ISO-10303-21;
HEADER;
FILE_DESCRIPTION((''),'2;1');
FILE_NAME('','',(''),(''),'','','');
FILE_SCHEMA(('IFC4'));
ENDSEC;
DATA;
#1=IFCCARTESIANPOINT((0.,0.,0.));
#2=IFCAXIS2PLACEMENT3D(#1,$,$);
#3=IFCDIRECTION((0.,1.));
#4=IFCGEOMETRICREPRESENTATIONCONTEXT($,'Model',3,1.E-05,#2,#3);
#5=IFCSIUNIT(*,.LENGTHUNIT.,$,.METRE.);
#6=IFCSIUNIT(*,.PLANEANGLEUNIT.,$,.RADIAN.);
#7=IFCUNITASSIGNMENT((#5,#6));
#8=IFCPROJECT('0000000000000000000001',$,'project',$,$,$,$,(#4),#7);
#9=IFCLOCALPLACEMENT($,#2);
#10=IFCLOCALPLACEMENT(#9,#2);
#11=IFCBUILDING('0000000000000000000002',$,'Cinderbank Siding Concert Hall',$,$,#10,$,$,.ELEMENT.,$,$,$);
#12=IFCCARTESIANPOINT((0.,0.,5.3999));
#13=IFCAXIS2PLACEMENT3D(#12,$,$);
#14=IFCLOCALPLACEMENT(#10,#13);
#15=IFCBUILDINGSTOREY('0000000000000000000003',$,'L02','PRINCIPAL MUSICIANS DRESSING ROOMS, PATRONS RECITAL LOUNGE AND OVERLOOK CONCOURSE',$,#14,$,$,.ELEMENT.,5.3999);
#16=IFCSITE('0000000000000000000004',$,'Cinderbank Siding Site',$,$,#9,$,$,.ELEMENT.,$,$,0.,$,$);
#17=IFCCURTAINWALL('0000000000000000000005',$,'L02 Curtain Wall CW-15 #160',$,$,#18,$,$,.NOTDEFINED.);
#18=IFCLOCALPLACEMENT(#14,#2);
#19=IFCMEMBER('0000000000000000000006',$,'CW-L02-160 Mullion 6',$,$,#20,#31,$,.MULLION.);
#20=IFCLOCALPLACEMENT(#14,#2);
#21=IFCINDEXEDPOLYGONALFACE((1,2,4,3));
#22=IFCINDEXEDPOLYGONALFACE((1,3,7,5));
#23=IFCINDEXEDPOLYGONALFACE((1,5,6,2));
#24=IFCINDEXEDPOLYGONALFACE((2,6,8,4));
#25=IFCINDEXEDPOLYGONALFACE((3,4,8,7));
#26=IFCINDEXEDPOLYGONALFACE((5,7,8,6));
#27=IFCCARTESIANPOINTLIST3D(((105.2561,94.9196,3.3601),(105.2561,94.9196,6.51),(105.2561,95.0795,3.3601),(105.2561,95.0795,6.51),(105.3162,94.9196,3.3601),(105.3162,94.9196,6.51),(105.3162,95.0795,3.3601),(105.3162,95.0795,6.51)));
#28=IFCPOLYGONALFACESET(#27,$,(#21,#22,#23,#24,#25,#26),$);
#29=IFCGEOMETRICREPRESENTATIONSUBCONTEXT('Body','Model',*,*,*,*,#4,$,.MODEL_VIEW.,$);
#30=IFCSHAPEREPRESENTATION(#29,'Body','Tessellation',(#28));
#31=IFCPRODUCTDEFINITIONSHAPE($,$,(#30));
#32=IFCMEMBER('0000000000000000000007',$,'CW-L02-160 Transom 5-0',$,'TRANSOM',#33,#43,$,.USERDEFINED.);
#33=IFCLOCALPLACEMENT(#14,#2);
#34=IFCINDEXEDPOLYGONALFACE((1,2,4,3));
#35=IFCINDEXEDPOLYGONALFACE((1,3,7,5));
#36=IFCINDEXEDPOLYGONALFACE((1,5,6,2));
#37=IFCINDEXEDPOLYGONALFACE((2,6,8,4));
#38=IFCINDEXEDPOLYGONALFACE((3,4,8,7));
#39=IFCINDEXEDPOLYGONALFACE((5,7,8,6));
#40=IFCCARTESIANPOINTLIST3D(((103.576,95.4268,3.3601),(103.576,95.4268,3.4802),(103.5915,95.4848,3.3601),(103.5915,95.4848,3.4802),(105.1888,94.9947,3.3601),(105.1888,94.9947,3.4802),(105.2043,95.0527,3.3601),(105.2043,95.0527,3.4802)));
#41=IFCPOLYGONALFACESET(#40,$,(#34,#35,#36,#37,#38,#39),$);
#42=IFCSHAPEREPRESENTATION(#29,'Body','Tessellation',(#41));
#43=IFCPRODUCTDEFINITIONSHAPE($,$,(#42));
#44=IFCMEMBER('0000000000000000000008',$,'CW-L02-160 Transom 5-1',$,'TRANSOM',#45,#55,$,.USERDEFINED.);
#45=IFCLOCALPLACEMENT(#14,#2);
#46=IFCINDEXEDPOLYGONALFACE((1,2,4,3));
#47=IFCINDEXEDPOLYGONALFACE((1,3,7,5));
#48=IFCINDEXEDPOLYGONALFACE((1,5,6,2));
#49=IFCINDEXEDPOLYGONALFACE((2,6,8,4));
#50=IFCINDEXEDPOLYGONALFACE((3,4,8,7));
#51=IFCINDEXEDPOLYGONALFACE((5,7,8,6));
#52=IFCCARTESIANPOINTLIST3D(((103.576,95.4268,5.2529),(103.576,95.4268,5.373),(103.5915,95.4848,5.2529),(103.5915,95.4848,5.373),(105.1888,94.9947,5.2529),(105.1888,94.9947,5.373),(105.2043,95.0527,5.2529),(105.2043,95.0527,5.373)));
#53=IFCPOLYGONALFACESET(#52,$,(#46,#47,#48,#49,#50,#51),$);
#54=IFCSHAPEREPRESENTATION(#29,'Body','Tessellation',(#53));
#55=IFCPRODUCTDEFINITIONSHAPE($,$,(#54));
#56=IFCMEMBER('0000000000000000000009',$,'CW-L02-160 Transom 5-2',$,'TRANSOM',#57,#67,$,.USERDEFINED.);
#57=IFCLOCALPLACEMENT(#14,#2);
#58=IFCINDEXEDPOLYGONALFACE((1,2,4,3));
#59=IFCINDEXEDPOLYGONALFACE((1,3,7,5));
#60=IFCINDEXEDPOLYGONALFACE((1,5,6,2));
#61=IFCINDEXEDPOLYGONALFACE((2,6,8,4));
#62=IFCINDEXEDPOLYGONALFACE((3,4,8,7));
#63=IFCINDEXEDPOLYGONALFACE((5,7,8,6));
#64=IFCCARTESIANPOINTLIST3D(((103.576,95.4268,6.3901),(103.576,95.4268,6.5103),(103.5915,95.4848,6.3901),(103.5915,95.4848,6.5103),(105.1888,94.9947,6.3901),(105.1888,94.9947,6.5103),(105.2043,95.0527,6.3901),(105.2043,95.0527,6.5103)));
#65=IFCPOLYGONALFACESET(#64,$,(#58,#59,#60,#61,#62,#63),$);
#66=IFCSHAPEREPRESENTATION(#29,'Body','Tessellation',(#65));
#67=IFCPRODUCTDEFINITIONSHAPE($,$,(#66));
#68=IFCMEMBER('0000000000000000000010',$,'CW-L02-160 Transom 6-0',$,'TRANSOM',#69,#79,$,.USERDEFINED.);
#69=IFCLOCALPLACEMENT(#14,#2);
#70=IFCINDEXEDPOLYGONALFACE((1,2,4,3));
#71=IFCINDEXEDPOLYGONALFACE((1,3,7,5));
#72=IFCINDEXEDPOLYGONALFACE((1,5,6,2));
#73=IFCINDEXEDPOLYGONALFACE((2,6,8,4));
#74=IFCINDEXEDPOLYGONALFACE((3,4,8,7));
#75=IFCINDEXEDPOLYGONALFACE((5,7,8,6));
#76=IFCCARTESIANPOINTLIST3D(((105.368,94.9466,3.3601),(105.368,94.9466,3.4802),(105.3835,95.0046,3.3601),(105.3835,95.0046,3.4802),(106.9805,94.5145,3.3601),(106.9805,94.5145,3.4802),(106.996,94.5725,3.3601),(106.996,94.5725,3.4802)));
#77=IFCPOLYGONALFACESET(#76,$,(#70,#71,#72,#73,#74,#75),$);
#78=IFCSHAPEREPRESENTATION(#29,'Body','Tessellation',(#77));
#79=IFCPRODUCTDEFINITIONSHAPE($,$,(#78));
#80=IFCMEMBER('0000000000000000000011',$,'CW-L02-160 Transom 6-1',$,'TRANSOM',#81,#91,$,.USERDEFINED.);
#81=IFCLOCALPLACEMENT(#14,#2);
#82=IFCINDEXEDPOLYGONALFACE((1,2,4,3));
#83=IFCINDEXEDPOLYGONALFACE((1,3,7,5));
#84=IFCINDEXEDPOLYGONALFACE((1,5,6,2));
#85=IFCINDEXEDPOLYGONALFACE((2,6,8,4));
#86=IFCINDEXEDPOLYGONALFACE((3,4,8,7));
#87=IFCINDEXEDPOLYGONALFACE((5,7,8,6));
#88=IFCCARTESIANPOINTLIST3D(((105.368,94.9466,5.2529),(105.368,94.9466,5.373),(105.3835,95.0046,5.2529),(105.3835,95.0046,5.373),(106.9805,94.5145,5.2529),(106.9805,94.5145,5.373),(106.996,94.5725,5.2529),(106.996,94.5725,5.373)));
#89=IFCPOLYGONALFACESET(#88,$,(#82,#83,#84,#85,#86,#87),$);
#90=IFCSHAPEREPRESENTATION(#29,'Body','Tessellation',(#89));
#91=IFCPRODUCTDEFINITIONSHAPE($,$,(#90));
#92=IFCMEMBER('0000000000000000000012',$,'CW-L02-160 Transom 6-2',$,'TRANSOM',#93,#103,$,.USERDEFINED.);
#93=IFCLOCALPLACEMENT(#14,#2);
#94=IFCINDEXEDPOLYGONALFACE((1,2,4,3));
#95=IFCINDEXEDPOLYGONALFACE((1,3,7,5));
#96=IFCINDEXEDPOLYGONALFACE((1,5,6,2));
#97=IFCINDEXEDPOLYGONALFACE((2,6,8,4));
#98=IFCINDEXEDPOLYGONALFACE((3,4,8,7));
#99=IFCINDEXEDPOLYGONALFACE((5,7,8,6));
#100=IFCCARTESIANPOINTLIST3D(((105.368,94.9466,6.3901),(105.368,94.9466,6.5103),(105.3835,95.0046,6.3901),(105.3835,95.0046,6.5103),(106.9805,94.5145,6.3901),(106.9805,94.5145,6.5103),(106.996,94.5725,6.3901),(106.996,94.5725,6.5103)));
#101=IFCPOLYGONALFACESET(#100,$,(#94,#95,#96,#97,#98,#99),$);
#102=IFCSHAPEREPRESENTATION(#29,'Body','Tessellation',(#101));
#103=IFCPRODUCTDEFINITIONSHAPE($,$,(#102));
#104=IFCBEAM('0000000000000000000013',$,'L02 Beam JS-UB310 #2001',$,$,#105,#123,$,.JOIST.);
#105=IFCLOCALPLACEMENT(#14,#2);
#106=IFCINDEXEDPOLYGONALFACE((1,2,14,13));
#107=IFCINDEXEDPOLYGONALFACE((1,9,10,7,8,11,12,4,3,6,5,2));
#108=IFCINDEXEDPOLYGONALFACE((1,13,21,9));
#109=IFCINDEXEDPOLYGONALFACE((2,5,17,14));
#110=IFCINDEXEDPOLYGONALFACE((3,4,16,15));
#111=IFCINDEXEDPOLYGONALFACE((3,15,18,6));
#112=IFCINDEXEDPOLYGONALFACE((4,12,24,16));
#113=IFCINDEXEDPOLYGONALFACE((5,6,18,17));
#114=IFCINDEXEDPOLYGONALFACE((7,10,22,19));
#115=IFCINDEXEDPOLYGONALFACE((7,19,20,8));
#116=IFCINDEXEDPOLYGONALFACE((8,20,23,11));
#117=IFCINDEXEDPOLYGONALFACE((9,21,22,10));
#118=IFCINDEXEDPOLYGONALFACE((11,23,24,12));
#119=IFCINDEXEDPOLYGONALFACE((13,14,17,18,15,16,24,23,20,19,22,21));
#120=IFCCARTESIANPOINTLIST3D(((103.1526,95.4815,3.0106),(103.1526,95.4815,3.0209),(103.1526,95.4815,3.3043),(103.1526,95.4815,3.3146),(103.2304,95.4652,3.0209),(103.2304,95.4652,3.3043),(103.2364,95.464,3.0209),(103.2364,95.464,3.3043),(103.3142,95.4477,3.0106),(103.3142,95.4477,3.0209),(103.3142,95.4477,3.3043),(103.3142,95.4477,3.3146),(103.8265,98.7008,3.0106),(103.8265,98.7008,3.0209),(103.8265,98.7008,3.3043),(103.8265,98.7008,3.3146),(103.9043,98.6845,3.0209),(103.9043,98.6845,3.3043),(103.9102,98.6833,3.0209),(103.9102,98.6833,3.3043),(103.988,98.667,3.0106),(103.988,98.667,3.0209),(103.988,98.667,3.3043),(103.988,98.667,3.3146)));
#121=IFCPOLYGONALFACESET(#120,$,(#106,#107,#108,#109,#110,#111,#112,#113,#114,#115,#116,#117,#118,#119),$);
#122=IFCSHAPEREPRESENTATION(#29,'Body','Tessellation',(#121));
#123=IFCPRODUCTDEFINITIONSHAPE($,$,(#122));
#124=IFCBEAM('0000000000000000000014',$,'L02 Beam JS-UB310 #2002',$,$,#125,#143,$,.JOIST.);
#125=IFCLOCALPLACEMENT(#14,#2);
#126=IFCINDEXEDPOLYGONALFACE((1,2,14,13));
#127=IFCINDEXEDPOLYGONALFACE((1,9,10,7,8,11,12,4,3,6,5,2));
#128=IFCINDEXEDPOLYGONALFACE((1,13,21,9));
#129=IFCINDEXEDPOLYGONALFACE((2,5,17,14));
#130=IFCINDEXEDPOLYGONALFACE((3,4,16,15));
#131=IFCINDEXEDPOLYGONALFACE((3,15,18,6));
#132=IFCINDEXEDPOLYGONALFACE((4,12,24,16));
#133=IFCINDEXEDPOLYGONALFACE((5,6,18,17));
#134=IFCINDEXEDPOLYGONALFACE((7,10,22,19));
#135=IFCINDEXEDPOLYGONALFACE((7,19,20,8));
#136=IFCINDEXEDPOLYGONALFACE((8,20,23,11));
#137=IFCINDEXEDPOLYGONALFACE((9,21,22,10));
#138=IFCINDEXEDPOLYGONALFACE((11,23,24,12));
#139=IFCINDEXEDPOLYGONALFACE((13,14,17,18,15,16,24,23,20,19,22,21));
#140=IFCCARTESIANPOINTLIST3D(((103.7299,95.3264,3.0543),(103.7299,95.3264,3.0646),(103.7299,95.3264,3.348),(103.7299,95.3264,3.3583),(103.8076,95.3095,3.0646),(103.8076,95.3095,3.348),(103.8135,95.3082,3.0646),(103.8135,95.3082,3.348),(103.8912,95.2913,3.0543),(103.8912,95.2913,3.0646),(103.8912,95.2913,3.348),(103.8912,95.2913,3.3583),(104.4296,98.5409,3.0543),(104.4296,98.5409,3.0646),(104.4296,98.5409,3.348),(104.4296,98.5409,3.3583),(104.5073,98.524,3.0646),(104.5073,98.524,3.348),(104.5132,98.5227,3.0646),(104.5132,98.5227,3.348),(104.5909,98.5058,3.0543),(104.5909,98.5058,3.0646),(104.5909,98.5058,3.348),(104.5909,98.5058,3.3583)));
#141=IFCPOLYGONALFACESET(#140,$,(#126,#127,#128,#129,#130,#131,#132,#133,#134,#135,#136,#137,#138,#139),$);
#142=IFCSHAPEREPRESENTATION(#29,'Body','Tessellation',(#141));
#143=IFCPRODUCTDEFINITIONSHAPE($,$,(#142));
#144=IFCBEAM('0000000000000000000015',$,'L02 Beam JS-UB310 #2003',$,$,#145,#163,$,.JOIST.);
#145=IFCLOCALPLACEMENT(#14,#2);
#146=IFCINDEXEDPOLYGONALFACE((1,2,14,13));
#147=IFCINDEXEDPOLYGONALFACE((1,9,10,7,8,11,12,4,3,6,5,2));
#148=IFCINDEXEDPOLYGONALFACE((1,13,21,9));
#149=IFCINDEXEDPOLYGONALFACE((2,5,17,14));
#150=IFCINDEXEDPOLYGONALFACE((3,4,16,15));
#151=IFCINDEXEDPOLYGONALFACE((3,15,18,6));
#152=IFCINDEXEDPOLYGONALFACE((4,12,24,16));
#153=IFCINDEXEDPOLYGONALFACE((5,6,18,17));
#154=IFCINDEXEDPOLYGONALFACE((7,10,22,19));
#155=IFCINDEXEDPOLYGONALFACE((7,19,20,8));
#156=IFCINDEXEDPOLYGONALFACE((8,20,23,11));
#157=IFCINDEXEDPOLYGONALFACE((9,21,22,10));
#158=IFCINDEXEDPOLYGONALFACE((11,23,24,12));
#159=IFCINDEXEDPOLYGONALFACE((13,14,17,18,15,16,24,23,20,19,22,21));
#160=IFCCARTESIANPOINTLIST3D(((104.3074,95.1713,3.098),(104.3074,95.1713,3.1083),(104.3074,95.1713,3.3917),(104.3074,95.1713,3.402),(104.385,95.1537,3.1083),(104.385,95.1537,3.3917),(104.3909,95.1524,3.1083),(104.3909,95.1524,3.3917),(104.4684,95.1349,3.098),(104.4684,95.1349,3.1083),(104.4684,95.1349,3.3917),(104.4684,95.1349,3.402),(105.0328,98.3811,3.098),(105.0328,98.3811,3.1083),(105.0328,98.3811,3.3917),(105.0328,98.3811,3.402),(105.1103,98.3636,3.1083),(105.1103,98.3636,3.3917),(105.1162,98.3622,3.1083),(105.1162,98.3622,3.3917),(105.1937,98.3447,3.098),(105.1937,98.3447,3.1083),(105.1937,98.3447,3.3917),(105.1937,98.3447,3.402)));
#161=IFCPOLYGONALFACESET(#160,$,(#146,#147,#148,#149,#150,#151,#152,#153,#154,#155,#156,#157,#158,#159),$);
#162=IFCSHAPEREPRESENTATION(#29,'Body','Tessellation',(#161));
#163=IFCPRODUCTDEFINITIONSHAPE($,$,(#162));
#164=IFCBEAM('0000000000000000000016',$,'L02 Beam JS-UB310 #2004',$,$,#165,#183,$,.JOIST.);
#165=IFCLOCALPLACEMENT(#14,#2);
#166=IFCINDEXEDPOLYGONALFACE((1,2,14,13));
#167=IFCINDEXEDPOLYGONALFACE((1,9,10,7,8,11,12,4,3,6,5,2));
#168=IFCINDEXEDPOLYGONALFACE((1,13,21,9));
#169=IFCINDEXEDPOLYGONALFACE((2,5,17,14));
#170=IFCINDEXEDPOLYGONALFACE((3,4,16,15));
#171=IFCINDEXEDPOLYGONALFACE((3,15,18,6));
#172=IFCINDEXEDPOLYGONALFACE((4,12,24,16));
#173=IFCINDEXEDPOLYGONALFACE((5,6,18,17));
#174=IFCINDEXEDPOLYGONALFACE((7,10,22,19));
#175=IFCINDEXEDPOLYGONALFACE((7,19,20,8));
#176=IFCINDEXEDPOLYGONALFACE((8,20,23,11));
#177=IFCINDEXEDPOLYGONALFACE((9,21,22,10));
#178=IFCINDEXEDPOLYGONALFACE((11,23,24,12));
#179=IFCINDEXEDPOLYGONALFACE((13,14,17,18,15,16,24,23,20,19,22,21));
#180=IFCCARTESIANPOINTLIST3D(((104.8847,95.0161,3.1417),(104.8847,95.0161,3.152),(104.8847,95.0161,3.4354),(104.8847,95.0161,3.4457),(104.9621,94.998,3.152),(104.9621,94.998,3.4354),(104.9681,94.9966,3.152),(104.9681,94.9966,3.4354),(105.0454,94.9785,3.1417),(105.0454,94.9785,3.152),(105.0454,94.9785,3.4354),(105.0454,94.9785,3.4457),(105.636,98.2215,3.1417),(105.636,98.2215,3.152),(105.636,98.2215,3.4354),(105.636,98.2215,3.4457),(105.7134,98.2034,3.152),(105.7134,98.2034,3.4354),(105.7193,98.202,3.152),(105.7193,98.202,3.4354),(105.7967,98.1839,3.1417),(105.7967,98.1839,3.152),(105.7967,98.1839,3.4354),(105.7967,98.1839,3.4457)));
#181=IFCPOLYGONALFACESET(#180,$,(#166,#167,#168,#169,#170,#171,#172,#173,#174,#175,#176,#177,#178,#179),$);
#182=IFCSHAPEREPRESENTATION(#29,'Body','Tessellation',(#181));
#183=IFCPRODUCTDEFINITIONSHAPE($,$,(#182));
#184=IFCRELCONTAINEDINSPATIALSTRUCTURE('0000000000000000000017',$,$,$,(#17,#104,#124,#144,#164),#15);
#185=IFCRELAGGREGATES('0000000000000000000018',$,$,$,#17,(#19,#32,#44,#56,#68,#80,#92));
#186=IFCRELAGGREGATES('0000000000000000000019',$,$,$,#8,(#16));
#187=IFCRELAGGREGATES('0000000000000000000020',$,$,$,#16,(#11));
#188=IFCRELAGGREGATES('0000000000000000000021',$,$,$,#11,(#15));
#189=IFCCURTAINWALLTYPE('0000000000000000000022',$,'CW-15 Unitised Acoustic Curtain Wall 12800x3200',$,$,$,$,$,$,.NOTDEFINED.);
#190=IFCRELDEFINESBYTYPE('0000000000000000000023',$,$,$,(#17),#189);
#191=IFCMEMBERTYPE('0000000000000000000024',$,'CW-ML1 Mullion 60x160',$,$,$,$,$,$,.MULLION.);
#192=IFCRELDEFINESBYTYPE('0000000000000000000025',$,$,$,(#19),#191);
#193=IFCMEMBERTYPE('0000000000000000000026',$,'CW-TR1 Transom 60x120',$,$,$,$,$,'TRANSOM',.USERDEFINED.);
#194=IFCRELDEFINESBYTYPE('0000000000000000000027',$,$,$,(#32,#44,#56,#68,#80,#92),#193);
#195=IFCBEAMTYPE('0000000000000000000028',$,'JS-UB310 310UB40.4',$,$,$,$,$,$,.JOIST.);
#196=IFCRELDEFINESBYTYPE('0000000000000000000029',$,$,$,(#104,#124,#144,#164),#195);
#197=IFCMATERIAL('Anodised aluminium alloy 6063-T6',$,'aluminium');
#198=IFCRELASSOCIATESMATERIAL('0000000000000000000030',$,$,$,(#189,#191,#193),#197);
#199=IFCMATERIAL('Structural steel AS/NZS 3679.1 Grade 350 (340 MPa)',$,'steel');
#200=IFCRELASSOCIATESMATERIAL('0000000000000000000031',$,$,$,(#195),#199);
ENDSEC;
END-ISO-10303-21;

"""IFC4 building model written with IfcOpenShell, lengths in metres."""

from ifc_helpers import new_model, si_unit, direction, frame, origin, origin_2d, place, context, subcontext, project, spatial, rectangle, i_section, extrude, material, material_profile, profile_set, type_object, element, aggregate, save


model = new_model("IFC4")

# Units and contexts
model_context = context("Model", 3, precision=1e-05, world=origin(), true_north=direction((0.0, 1.0)))
body_context = subcontext(model_context, "Body", "Model", "MODEL_VIEW")
ifc_project = project(units=[si_unit("LENGTHUNIT", "METRE"), si_unit("PLANEANGLEUNIT", "RADIAN")], contexts=[model_context])

# Site, building, storey
site_placement = place(None, origin())
site = spatial("IfcSite", under=ifc_project, at=site_placement, Name="Cinderbank Siding Site", CompositionType="ELEMENT", RefElevation=0.0)
building_placement = place(site_placement, origin())
building = spatial("IfcBuilding", under=site, at=building_placement, Name="Cinderbank Siding Concert Hall", CompositionType="ELEMENT")
storey_placement = place(building_placement, frame((0.0, 0.0, 5.3999)))
storey = spatial("IfcBuildingStorey", under=building, at=storey_placement, Name="L02", Description="PRINCIPAL MUSICIANS DRESSING ROOMS, PATRONS RECITAL LOUNGE AND OVERLOOK CONCOURSE", CompositionType="ELEMENT", Elevation=5.3999)

# Curtain wall, members
ifc_material_1 = material(Name="Anodised aluminium alloy 6063-T6", Category="aluminium")
curtain_wall_type = type_object("IfcCurtainWallType", Name="CW-15 Unitised Acoustic Curtain Wall 12800x3200", PredefinedType="NOTDEFINED", material=ifc_material_1)
curtain_wall_placement = place(storey_placement, origin())
curtain_wall = element("IfcCurtainWall", 1, at=curtain_wall_placement, inside=storey, type_object=curtain_wall_type, Name="L02 Curtain Wall CW-15 #160", PredefinedType="NOTDEFINED")
ifc_material_profile_1 = material_profile(ifc_material_1, rectangle(XDim=0.0601, YDim=0.1599, at=origin_2d()), Name="ALU-MULL-60x160", Category="LoadBearing")
ifc_profile_set_1 = profile_set([ifc_material_profile_1], Name="Anodised aluminium alloy 6063-T6")
member_type_1 = type_object("IfcMemberType", Name="CW-ML1 Mullion 60x160", PredefinedType="MULLION", material=ifc_profile_set_1)
member_1_placement = place(storey_placement, frame((105.2861, 94.9995, 3.3601), z_axis=(0.0, 0.0, 1.0), x_axis=(1.0, 0.0, 0.0)))
member_1 = element("IfcMember", 2, at=member_1_placement, type_object=member_type_1, Name="CW-L02-160 Mullion 6", PredefinedType="MULLION", context=body_context, shape_type="SweptSolid", body=[
    extrude(rectangle(XDim=0.0601, YDim=0.1599, at=origin_2d()), origin(), (0.0, 0.0, 1.0), 3.1499),
])
ifc_material_profile_2 = material_profile(ifc_material_1, rectangle(XDim=0.0601, YDim=0.1201, at=origin_2d()), Name="ALU-TRAN-60x120", Category="LoadBearing")
ifc_profile_set_2 = profile_set([ifc_material_profile_2], Name="Anodised aluminium alloy 6063-T6")
member_type_2 = type_object("IfcMemberType", Name="CW-TR1 Transom 60x120", ElementType="TRANSOM", PredefinedType="USERDEFINED", material=ifc_profile_set_2)
member_2_placement = place(storey_placement, frame((103.5837, 95.4558, 3.4202), z_axis=(0.965928, -0.258809, 0.0), x_axis=(0.258809, 0.965928, 0.0)))
member_2 = element("IfcMember", 3, at=member_2_placement, type_object=member_type_2, Name="CW-L02-160 Transom 5-0", ObjectType="TRANSOM", PredefinedType="USERDEFINED", context=body_context, shape_type="SweptSolid", body=[
    extrude(rectangle(XDim=0.0601, YDim=0.1201, at=origin_2d()), origin(), (0.0, 0.0, 1.0), 1.6697),
])
member_3_placement = place(storey_placement, frame((103.5837, 95.4558, 5.313), z_axis=(0.965928, -0.258809, 0.0), x_axis=(0.258809, 0.965928, 0.0)))
member_3 = element("IfcMember", 4, at=member_3_placement, type_object=member_type_2, Name="CW-L02-160 Transom 5-1", ObjectType="TRANSOM", PredefinedType="USERDEFINED", context=body_context, shape_type="SweptSolid", body=[
    extrude(rectangle(XDim=0.0601, YDim=0.1201, at=origin_2d()), origin(), (0.0, 0.0, 1.0), 1.6697),
])
member_4_placement = place(storey_placement, frame((103.5837, 95.4558, 6.4502), z_axis=(0.965928, -0.258809, 0.0), x_axis=(0.258809, 0.965928, 0.0)))
member_4 = element("IfcMember", 5, at=member_4_placement, type_object=member_type_2, Name="CW-L02-160 Transom 5-2", ObjectType="TRANSOM", PredefinedType="USERDEFINED", context=body_context, shape_type="SweptSolid", body=[
    extrude(rectangle(XDim=0.0601, YDim=0.1201, at=origin_2d()), origin(), (0.0, 0.0, 1.0), 1.6697),
])
member_5_placement = place(storey_placement, frame((105.3757, 94.9756, 3.4202), z_axis=(0.965919, -0.258846, 0.0), x_axis=(0.258846, 0.965919, 0.0)))
member_5 = element("IfcMember", 6, at=member_5_placement, type_object=member_type_2, Name="CW-L02-160 Transom 6-0", ObjectType="TRANSOM", PredefinedType="USERDEFINED", context=body_context, shape_type="SweptSolid", body=[
    extrude(rectangle(XDim=0.0601, YDim=0.1201, at=origin_2d()), origin(), (0.0, 0.0, 1.0), 1.6694),
])
member_6_placement = place(storey_placement, frame((105.3757, 94.9756, 5.313), z_axis=(0.965919, -0.258846, 0.0), x_axis=(0.258846, 0.965919, 0.0)))
member_6 = element("IfcMember", 7, at=member_6_placement, type_object=member_type_2, Name="CW-L02-160 Transom 6-1", ObjectType="TRANSOM", PredefinedType="USERDEFINED", context=body_context, shape_type="SweptSolid", body=[
    extrude(rectangle(XDim=0.0601, YDim=0.1201, at=origin_2d()), origin(), (0.0, 0.0, 1.0), 1.6694),
])
member_7_placement = place(storey_placement, frame((105.3757, 94.9756, 6.4502), z_axis=(0.965919, -0.258846, 0.0), x_axis=(0.258846, 0.965919, 0.0)))
member_7 = element("IfcMember", 8, at=member_7_placement, type_object=member_type_2, Name="CW-L02-160 Transom 6-2", ObjectType="TRANSOM", PredefinedType="USERDEFINED", context=body_context, shape_type="SweptSolid", body=[
    extrude(rectangle(XDim=0.0601, YDim=0.1201, at=origin_2d()), origin(), (0.0, 0.0, 1.0), 1.6694),
])

# Beams
ifc_material_2 = material(Name="Structural steel AS/NZS 3679.1 Grade 350 (340 MPa)", Category="steel")
ifc_material_profile_3 = material_profile(ifc_material_2, i_section(OverallWidth=0.165, OverallDepth=0.304, WebThickness=0.0061, FlangeThickness=0.0103, at=origin_2d()), Name="310UB40.4", Category="LoadBearing")
ifc_profile_set_3 = profile_set([ifc_material_profile_3], Name="Structural steel AS/NZS 3679.1 Grade 350 (340 MPa)")
beam_type = type_object("IfcBeamType", Name="JS-UB310 310UB40.4", PredefinedType="JOIST", material=ifc_profile_set_3)
beam_1_placement = place(storey_placement, frame((103.2334, 95.4646, 3.1626), z_axis=(0.204873, 0.978789, 0.0), x_axis=(-0.978789, 0.204873, 0.0)))
element("IfcBeam", 9, at=beam_1_placement, inside=storey, type_object=beam_type, Name="L02 Beam JS-UB310 #2001", PredefinedType="JOIST", context=body_context, shape_type="SweptSolid", body=[
    extrude(i_section(OverallWidth=0.165, OverallDepth=0.304, WebThickness=0.0061, FlangeThickness=0.0103, at=origin_2d()), origin(), (0.0, 0.0, 1.0), 3.2891),
])
beam_2_placement = place(storey_placement, frame((103.8105, 95.3088, 3.2063), z_axis=(0.212685, 0.977121, 0.0), x_axis=(-0.977121, 0.212685, 0.0)))
element("IfcBeam", 10, at=beam_2_placement, inside=storey, type_object=beam_type, Name="L02 Beam JS-UB310 #2002", PredefinedType="JOIST", context=body_context, shape_type="SweptSolid", body=[
    extrude(i_section(OverallWidth=0.165, OverallDepth=0.304, WebThickness=0.0061, FlangeThickness=0.0103, at=origin_2d()), origin(), (0.0, 0.0, 1.0), 3.2898),
])
beam_3_placement = place(storey_placement, frame((104.3879, 95.1531, 3.25), z_axis=(0.220409, 0.975408, 0.0), x_axis=(-0.975408, 0.220409, 0.0)))
element("IfcBeam", 11, at=beam_3_placement, inside=storey, type_object=beam_type, Name="L02 Beam JS-UB310 #2003", PredefinedType="JOIST", context=body_context, shape_type="SweptSolid", body=[
    extrude(i_section(OverallWidth=0.165, OverallDepth=0.304, WebThickness=0.0061, FlangeThickness=0.0103, at=origin_2d()), origin(), (0.0, 0.0, 1.0), 3.2908),
])
beam_4_placement = place(storey_placement, frame((104.9651, 94.9973, 3.2937), z_axis=(0.228184, 0.973618, 0.0), x_axis=(-0.973618, 0.228184, 0.0)))
element("IfcBeam", 12, at=beam_4_placement, inside=storey, type_object=beam_type, Name="L02 Beam JS-UB310 #2004", PredefinedType="JOIST", context=body_context, shape_type="SweptSolid", body=[
    extrude(i_section(OverallWidth=0.165, OverallDepth=0.304, WebThickness=0.0061, FlangeThickness=0.0103, at=origin_2d()), origin(), (0.0, 0.0, 1.0), 3.2922),
])

aggregate(curtain_wall, [member_1, member_2, member_3, member_4, member_5, member_6, member_7])

save(model, "model.ifc")
